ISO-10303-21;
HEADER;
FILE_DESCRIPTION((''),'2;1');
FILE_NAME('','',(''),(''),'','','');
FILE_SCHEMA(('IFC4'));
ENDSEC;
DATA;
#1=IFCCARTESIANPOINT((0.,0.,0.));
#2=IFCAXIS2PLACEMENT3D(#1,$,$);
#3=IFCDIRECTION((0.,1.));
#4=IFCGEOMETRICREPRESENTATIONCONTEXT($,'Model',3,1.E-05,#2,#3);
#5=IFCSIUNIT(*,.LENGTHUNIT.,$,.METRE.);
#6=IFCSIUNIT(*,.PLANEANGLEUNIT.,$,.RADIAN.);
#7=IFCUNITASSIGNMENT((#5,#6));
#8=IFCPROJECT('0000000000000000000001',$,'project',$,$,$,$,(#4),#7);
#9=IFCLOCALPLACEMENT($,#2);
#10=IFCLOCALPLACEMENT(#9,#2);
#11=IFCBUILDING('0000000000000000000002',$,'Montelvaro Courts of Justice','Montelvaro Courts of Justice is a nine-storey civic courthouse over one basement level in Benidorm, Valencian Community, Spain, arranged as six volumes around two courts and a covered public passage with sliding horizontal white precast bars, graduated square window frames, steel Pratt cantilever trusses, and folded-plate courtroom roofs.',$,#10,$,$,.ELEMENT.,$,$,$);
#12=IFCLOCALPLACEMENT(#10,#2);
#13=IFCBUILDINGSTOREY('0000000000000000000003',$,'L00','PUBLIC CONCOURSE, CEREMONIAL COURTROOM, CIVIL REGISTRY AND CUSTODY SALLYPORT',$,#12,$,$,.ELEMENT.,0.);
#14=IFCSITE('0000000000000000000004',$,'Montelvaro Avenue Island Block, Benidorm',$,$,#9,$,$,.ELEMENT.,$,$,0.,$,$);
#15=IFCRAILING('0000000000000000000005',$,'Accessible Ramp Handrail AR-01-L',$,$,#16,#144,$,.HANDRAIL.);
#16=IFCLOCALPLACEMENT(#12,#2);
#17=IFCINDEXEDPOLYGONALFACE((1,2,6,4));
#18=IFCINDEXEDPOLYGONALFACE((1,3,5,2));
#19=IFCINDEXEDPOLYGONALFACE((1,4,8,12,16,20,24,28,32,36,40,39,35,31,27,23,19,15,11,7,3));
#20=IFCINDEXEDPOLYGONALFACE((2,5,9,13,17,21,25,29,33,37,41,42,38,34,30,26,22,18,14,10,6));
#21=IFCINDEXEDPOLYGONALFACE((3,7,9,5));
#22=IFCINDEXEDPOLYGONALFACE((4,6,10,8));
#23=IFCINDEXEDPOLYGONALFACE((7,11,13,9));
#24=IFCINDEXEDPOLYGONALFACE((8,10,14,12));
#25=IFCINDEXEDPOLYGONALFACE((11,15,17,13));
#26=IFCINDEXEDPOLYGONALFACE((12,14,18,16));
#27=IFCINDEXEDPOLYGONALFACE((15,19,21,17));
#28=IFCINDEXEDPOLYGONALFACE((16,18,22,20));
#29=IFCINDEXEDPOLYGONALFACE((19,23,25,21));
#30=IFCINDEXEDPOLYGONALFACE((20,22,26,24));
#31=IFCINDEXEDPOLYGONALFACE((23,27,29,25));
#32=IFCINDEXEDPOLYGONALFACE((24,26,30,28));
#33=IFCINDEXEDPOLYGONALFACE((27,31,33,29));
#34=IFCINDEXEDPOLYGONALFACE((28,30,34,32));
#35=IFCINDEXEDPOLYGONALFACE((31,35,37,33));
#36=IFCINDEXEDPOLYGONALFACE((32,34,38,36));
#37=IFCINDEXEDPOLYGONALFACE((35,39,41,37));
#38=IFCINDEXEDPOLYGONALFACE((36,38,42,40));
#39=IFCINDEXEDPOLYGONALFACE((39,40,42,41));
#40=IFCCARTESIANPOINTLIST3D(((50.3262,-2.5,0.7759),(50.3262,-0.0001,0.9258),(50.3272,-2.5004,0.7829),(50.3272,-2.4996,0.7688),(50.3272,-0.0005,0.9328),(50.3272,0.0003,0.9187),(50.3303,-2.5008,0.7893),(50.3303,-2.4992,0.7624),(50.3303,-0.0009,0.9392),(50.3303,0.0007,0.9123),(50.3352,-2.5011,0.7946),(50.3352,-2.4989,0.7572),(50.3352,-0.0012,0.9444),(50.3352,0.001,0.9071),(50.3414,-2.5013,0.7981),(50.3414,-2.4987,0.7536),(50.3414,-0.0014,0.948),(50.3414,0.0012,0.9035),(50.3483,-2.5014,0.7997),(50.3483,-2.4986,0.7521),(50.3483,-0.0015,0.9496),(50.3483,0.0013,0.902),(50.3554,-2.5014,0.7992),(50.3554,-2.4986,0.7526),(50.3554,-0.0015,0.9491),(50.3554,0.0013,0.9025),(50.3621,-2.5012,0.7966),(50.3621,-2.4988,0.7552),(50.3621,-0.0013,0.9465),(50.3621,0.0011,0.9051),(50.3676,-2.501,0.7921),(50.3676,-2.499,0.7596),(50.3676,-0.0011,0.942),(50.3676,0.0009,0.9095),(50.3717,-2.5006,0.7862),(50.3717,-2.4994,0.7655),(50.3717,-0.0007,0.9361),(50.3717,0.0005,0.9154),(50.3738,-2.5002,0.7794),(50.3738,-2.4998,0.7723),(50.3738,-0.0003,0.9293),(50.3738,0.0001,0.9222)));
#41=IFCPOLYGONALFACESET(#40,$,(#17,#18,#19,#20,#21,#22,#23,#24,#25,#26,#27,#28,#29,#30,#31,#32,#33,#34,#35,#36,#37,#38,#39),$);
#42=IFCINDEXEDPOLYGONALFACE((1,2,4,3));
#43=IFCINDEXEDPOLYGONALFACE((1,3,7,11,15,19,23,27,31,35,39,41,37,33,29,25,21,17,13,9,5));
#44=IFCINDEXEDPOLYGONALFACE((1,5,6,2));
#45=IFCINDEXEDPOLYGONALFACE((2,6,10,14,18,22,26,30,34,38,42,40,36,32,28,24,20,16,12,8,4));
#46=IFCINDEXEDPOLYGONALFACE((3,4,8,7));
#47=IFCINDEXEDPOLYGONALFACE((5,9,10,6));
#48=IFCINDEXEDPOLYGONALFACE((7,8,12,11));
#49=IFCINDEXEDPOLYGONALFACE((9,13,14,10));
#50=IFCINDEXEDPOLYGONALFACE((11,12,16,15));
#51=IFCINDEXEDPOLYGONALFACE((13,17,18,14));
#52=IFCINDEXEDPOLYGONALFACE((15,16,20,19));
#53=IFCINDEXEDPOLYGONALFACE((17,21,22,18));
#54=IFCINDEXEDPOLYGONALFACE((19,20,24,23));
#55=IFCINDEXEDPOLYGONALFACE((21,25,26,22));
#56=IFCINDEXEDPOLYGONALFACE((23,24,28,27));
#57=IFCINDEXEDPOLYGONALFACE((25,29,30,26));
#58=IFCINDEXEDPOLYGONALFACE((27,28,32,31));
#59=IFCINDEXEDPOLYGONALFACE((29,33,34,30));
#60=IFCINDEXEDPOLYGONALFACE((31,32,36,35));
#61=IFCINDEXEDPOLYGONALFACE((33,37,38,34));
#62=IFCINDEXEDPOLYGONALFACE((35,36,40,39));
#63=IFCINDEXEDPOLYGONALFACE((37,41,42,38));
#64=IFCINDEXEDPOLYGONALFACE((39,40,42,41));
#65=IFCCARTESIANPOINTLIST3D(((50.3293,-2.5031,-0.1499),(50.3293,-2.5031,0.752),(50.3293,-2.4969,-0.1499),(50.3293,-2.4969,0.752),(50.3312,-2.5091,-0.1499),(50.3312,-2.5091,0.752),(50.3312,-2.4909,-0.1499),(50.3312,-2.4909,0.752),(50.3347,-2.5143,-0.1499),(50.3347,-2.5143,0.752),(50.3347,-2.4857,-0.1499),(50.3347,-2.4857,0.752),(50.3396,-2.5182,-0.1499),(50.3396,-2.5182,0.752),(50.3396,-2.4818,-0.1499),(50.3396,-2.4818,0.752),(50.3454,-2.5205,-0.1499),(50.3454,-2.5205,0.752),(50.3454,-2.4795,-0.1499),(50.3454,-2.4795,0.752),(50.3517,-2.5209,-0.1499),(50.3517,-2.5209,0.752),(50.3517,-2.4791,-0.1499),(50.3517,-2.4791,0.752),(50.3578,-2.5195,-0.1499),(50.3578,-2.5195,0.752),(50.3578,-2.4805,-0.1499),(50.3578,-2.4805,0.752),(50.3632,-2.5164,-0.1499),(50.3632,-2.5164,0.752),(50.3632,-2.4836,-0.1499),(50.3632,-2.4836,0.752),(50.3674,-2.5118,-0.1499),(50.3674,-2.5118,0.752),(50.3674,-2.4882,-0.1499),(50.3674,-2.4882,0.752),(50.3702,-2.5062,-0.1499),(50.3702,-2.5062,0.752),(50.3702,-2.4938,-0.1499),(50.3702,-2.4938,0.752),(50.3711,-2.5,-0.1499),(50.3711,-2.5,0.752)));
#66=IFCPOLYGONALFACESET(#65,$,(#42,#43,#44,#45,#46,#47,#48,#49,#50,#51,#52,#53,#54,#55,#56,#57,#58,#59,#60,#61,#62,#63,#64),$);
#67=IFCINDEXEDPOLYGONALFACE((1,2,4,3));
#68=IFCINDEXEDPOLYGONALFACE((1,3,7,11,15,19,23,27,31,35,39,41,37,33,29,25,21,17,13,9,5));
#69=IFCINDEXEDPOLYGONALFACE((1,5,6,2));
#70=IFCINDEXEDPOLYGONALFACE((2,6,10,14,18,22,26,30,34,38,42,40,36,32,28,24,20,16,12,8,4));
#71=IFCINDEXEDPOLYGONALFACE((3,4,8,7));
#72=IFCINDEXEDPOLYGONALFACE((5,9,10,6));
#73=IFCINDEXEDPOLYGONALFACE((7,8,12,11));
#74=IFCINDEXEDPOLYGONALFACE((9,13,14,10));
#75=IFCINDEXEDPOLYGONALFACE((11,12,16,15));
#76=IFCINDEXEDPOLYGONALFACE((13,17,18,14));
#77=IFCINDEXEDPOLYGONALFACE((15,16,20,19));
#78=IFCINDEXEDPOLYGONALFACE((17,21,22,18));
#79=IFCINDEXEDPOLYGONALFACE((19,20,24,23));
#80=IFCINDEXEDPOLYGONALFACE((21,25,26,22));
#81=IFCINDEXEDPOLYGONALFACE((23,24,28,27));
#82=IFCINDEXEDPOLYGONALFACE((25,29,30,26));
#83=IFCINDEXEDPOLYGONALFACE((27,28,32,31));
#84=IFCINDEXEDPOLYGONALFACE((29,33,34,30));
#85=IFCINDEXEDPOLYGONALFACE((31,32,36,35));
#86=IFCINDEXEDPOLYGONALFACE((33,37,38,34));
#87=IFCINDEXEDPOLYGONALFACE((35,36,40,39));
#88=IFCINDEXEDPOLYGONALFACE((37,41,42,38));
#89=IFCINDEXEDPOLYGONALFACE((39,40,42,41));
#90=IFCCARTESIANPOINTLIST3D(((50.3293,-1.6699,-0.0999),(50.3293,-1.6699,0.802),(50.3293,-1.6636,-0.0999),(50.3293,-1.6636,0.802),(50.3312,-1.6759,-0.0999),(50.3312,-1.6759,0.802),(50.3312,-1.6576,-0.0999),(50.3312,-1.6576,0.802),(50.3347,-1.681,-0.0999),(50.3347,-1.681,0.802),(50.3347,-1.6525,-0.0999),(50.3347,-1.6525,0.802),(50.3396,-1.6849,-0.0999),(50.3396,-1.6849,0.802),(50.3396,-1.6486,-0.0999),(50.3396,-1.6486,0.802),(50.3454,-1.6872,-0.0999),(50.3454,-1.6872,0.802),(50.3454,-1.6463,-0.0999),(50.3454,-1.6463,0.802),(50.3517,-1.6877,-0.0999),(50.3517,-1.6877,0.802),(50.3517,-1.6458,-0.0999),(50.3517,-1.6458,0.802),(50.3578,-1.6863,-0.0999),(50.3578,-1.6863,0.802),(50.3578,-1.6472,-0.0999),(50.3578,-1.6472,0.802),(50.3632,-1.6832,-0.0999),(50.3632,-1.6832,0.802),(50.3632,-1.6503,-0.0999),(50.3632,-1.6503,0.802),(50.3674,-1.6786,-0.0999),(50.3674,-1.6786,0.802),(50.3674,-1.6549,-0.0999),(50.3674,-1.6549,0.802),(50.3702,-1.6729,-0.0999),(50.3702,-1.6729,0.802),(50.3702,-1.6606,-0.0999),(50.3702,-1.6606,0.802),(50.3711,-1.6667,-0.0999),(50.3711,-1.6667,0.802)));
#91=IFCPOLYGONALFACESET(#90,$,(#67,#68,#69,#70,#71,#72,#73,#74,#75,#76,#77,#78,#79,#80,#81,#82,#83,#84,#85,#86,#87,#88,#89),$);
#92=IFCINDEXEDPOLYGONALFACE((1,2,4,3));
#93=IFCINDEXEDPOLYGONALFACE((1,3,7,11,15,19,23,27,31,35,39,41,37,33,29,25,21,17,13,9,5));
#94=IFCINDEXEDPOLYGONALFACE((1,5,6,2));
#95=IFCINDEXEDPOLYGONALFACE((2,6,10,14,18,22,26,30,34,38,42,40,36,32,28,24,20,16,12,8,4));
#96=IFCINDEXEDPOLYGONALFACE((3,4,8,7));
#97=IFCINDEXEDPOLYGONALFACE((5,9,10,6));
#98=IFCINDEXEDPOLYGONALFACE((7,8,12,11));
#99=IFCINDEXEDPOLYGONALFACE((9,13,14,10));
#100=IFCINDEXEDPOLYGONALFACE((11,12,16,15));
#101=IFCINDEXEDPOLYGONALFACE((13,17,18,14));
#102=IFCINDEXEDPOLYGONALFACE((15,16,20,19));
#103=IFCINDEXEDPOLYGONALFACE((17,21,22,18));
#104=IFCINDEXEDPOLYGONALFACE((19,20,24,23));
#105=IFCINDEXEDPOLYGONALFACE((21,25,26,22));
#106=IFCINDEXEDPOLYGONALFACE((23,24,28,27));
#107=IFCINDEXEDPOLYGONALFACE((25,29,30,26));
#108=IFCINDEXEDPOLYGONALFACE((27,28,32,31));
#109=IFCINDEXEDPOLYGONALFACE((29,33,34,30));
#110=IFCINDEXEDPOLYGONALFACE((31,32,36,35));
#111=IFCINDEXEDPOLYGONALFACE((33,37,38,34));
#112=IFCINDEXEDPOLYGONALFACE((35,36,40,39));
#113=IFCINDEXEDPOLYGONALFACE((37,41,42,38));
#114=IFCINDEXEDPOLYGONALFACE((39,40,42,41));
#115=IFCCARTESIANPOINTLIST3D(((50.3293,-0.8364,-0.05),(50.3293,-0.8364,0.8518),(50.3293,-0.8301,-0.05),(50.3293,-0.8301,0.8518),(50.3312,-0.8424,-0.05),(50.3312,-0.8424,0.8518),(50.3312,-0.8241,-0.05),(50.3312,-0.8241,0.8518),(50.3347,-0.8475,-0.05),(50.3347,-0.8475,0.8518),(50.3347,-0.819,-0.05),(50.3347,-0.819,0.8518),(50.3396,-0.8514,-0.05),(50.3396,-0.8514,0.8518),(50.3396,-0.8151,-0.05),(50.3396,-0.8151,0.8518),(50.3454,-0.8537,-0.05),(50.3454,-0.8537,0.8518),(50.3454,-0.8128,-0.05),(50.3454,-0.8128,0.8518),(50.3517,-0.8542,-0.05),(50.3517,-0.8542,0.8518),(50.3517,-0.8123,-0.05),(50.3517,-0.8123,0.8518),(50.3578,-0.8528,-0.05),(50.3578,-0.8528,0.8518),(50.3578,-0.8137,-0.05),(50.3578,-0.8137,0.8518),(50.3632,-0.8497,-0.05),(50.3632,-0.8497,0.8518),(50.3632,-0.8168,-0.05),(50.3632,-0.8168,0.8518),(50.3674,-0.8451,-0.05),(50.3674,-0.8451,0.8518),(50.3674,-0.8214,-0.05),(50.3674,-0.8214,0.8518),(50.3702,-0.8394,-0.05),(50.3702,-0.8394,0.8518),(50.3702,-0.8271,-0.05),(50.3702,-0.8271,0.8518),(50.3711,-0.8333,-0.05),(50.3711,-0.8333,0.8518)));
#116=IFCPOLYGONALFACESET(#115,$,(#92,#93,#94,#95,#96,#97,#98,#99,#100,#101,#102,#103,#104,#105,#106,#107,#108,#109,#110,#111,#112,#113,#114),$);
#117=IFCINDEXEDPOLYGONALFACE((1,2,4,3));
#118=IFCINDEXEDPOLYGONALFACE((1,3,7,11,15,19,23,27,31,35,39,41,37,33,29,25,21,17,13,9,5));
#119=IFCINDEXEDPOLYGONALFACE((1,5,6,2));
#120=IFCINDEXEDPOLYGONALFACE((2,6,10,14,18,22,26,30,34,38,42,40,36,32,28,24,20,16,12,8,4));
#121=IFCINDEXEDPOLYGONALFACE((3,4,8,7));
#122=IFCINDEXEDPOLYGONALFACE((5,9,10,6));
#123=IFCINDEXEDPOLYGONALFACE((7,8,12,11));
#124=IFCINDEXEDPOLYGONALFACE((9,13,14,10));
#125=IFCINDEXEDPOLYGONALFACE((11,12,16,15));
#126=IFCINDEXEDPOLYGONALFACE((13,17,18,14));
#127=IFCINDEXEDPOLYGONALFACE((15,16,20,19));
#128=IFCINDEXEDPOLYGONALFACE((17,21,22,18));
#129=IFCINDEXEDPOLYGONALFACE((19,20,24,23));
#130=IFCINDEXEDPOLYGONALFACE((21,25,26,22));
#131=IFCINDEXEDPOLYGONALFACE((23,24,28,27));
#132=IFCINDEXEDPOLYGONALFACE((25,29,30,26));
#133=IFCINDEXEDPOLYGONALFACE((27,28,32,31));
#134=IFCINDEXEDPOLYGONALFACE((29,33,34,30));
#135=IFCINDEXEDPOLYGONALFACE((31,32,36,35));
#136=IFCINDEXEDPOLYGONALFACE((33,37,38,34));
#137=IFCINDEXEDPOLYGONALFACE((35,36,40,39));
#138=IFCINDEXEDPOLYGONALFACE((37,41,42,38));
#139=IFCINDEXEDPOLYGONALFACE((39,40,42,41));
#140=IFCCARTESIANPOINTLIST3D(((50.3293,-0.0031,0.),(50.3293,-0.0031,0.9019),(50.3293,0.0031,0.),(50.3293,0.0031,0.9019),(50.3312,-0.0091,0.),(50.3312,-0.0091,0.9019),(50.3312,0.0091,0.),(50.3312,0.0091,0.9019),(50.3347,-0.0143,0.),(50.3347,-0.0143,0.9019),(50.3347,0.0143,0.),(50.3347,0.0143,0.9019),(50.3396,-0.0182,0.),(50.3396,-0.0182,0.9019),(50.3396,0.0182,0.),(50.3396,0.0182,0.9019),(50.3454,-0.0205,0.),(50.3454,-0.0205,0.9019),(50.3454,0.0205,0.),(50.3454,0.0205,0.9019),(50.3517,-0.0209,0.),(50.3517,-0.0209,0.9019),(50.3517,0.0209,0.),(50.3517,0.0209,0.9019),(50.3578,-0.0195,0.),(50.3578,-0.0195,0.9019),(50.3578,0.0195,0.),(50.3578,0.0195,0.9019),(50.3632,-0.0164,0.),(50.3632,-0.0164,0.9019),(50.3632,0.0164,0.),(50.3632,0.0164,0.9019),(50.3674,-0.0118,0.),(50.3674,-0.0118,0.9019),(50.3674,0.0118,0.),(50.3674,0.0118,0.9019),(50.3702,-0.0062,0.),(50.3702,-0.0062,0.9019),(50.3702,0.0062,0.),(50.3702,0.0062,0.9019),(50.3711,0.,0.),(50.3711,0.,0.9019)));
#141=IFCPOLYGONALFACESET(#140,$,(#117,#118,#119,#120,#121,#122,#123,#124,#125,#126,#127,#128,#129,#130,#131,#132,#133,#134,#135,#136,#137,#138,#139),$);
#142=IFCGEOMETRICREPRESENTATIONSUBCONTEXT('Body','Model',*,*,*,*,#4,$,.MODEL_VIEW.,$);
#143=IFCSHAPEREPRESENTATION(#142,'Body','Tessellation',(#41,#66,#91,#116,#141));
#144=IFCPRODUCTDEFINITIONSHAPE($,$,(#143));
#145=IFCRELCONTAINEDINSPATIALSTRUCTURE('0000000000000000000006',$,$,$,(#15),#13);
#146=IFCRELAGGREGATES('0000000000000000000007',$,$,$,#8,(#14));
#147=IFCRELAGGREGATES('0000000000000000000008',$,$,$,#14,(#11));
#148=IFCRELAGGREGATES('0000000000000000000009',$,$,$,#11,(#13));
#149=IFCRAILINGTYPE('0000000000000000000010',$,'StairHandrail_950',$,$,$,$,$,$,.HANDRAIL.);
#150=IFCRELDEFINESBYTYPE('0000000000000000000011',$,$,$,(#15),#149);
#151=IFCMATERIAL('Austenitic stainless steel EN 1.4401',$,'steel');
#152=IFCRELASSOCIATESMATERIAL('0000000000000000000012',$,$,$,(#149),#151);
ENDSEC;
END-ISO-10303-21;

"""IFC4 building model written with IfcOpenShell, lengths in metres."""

from ifc_helpers import new_model, si_unit, direction, frame, origin, origin_2d, place, context, subcontext, project, spatial, circle, extrude, material, type_object, element, save


model = new_model("IFC4")

# Units and contexts
model_context = context("Model", 3, precision=1e-05, world=origin(), true_north=direction((0.0, 1.0)))
body_context = subcontext(model_context, "Body", "Model", "MODEL_VIEW")
ifc_project = project(units=[si_unit("LENGTHUNIT", "METRE"), si_unit("PLANEANGLEUNIT", "RADIAN")], contexts=[model_context])

# Site, building, storey
site_placement = place(None, origin())
site = spatial("IfcSite", under=ifc_project, at=site_placement, Name="Montelvaro Avenue Island Block, Benidorm", CompositionType="ELEMENT", RefElevation=0.0)
building_placement = place(site_placement, origin())
building = spatial("IfcBuilding", under=site, at=building_placement, Name="Montelvaro Courts of Justice", Description="Montelvaro Courts of Justice is a nine-storey civic courthouse over one basement level in Benidorm, Valencian Community, Spain, arranged as six volumes around two courts and a covered public passage with sliding horizontal white precast bars, graduated square window frames, steel Pratt cantilever trusses, and folded-plate courtroom roofs.", CompositionType="ELEMENT")
storey_placement = place(building_placement, origin())
storey = spatial("IfcBuildingStorey", under=building, at=storey_placement, Name="L00", Description="PUBLIC CONCOURSE, CEREMONIAL COURTROOM, CIVIL REGISTRY AND CUSTODY SALLYPORT", CompositionType="ELEMENT", Elevation=0.0)

# Railing
ifc_material_1 = material(Name="Austenitic stainless steel EN 1.4401", Category="steel")
railing_type_1 = type_object("IfcRailingType", Name="StairHandrail_950", PredefinedType="HANDRAIL", material=ifc_material_1)
for number, where, name in (
    (1, (50.3501, -2.5, -0.1499), "Accessible Ramp Handrail AR-01-L"),
):
    element("IfcRailing", number, at=place(storey_placement, frame(where)), inside=storey, type_object=railing_type_1, Name=name, PredefinedType="HANDRAIL", context=body_context, shape_type="SweptSolid", body=[
        extrude(circle(Radius=0.0239, at=origin_2d()), frame((0.0, 0.0, 0.9258), z_axis=(0.0, 0.998207, 0.059853), x_axis=(-1.0, 0.0, 0.0)), (0.0, 0.0, 1.0), 2.5044),
        extrude(circle(Radius=0.021, at=origin_2d()), origin(), (0.0, 0.0, 1.0), 0.9019),
        extrude(circle(Radius=0.021, at=origin_2d()), frame((0.0, 0.8333, 0.05)), (0.0, 0.0, 1.0), 0.9019),
        extrude(circle(Radius=0.021, at=origin_2d()), frame((0.0, 1.6667, 0.0999)), (0.0, 0.0, 1.0), 0.9019),
        extrude(circle(Radius=0.021, at=origin_2d()), frame((0.0, 2.5, 0.1499)), (0.0, 0.0, 1.0), 0.9019),
    ])

save(model, "model.ifc")
